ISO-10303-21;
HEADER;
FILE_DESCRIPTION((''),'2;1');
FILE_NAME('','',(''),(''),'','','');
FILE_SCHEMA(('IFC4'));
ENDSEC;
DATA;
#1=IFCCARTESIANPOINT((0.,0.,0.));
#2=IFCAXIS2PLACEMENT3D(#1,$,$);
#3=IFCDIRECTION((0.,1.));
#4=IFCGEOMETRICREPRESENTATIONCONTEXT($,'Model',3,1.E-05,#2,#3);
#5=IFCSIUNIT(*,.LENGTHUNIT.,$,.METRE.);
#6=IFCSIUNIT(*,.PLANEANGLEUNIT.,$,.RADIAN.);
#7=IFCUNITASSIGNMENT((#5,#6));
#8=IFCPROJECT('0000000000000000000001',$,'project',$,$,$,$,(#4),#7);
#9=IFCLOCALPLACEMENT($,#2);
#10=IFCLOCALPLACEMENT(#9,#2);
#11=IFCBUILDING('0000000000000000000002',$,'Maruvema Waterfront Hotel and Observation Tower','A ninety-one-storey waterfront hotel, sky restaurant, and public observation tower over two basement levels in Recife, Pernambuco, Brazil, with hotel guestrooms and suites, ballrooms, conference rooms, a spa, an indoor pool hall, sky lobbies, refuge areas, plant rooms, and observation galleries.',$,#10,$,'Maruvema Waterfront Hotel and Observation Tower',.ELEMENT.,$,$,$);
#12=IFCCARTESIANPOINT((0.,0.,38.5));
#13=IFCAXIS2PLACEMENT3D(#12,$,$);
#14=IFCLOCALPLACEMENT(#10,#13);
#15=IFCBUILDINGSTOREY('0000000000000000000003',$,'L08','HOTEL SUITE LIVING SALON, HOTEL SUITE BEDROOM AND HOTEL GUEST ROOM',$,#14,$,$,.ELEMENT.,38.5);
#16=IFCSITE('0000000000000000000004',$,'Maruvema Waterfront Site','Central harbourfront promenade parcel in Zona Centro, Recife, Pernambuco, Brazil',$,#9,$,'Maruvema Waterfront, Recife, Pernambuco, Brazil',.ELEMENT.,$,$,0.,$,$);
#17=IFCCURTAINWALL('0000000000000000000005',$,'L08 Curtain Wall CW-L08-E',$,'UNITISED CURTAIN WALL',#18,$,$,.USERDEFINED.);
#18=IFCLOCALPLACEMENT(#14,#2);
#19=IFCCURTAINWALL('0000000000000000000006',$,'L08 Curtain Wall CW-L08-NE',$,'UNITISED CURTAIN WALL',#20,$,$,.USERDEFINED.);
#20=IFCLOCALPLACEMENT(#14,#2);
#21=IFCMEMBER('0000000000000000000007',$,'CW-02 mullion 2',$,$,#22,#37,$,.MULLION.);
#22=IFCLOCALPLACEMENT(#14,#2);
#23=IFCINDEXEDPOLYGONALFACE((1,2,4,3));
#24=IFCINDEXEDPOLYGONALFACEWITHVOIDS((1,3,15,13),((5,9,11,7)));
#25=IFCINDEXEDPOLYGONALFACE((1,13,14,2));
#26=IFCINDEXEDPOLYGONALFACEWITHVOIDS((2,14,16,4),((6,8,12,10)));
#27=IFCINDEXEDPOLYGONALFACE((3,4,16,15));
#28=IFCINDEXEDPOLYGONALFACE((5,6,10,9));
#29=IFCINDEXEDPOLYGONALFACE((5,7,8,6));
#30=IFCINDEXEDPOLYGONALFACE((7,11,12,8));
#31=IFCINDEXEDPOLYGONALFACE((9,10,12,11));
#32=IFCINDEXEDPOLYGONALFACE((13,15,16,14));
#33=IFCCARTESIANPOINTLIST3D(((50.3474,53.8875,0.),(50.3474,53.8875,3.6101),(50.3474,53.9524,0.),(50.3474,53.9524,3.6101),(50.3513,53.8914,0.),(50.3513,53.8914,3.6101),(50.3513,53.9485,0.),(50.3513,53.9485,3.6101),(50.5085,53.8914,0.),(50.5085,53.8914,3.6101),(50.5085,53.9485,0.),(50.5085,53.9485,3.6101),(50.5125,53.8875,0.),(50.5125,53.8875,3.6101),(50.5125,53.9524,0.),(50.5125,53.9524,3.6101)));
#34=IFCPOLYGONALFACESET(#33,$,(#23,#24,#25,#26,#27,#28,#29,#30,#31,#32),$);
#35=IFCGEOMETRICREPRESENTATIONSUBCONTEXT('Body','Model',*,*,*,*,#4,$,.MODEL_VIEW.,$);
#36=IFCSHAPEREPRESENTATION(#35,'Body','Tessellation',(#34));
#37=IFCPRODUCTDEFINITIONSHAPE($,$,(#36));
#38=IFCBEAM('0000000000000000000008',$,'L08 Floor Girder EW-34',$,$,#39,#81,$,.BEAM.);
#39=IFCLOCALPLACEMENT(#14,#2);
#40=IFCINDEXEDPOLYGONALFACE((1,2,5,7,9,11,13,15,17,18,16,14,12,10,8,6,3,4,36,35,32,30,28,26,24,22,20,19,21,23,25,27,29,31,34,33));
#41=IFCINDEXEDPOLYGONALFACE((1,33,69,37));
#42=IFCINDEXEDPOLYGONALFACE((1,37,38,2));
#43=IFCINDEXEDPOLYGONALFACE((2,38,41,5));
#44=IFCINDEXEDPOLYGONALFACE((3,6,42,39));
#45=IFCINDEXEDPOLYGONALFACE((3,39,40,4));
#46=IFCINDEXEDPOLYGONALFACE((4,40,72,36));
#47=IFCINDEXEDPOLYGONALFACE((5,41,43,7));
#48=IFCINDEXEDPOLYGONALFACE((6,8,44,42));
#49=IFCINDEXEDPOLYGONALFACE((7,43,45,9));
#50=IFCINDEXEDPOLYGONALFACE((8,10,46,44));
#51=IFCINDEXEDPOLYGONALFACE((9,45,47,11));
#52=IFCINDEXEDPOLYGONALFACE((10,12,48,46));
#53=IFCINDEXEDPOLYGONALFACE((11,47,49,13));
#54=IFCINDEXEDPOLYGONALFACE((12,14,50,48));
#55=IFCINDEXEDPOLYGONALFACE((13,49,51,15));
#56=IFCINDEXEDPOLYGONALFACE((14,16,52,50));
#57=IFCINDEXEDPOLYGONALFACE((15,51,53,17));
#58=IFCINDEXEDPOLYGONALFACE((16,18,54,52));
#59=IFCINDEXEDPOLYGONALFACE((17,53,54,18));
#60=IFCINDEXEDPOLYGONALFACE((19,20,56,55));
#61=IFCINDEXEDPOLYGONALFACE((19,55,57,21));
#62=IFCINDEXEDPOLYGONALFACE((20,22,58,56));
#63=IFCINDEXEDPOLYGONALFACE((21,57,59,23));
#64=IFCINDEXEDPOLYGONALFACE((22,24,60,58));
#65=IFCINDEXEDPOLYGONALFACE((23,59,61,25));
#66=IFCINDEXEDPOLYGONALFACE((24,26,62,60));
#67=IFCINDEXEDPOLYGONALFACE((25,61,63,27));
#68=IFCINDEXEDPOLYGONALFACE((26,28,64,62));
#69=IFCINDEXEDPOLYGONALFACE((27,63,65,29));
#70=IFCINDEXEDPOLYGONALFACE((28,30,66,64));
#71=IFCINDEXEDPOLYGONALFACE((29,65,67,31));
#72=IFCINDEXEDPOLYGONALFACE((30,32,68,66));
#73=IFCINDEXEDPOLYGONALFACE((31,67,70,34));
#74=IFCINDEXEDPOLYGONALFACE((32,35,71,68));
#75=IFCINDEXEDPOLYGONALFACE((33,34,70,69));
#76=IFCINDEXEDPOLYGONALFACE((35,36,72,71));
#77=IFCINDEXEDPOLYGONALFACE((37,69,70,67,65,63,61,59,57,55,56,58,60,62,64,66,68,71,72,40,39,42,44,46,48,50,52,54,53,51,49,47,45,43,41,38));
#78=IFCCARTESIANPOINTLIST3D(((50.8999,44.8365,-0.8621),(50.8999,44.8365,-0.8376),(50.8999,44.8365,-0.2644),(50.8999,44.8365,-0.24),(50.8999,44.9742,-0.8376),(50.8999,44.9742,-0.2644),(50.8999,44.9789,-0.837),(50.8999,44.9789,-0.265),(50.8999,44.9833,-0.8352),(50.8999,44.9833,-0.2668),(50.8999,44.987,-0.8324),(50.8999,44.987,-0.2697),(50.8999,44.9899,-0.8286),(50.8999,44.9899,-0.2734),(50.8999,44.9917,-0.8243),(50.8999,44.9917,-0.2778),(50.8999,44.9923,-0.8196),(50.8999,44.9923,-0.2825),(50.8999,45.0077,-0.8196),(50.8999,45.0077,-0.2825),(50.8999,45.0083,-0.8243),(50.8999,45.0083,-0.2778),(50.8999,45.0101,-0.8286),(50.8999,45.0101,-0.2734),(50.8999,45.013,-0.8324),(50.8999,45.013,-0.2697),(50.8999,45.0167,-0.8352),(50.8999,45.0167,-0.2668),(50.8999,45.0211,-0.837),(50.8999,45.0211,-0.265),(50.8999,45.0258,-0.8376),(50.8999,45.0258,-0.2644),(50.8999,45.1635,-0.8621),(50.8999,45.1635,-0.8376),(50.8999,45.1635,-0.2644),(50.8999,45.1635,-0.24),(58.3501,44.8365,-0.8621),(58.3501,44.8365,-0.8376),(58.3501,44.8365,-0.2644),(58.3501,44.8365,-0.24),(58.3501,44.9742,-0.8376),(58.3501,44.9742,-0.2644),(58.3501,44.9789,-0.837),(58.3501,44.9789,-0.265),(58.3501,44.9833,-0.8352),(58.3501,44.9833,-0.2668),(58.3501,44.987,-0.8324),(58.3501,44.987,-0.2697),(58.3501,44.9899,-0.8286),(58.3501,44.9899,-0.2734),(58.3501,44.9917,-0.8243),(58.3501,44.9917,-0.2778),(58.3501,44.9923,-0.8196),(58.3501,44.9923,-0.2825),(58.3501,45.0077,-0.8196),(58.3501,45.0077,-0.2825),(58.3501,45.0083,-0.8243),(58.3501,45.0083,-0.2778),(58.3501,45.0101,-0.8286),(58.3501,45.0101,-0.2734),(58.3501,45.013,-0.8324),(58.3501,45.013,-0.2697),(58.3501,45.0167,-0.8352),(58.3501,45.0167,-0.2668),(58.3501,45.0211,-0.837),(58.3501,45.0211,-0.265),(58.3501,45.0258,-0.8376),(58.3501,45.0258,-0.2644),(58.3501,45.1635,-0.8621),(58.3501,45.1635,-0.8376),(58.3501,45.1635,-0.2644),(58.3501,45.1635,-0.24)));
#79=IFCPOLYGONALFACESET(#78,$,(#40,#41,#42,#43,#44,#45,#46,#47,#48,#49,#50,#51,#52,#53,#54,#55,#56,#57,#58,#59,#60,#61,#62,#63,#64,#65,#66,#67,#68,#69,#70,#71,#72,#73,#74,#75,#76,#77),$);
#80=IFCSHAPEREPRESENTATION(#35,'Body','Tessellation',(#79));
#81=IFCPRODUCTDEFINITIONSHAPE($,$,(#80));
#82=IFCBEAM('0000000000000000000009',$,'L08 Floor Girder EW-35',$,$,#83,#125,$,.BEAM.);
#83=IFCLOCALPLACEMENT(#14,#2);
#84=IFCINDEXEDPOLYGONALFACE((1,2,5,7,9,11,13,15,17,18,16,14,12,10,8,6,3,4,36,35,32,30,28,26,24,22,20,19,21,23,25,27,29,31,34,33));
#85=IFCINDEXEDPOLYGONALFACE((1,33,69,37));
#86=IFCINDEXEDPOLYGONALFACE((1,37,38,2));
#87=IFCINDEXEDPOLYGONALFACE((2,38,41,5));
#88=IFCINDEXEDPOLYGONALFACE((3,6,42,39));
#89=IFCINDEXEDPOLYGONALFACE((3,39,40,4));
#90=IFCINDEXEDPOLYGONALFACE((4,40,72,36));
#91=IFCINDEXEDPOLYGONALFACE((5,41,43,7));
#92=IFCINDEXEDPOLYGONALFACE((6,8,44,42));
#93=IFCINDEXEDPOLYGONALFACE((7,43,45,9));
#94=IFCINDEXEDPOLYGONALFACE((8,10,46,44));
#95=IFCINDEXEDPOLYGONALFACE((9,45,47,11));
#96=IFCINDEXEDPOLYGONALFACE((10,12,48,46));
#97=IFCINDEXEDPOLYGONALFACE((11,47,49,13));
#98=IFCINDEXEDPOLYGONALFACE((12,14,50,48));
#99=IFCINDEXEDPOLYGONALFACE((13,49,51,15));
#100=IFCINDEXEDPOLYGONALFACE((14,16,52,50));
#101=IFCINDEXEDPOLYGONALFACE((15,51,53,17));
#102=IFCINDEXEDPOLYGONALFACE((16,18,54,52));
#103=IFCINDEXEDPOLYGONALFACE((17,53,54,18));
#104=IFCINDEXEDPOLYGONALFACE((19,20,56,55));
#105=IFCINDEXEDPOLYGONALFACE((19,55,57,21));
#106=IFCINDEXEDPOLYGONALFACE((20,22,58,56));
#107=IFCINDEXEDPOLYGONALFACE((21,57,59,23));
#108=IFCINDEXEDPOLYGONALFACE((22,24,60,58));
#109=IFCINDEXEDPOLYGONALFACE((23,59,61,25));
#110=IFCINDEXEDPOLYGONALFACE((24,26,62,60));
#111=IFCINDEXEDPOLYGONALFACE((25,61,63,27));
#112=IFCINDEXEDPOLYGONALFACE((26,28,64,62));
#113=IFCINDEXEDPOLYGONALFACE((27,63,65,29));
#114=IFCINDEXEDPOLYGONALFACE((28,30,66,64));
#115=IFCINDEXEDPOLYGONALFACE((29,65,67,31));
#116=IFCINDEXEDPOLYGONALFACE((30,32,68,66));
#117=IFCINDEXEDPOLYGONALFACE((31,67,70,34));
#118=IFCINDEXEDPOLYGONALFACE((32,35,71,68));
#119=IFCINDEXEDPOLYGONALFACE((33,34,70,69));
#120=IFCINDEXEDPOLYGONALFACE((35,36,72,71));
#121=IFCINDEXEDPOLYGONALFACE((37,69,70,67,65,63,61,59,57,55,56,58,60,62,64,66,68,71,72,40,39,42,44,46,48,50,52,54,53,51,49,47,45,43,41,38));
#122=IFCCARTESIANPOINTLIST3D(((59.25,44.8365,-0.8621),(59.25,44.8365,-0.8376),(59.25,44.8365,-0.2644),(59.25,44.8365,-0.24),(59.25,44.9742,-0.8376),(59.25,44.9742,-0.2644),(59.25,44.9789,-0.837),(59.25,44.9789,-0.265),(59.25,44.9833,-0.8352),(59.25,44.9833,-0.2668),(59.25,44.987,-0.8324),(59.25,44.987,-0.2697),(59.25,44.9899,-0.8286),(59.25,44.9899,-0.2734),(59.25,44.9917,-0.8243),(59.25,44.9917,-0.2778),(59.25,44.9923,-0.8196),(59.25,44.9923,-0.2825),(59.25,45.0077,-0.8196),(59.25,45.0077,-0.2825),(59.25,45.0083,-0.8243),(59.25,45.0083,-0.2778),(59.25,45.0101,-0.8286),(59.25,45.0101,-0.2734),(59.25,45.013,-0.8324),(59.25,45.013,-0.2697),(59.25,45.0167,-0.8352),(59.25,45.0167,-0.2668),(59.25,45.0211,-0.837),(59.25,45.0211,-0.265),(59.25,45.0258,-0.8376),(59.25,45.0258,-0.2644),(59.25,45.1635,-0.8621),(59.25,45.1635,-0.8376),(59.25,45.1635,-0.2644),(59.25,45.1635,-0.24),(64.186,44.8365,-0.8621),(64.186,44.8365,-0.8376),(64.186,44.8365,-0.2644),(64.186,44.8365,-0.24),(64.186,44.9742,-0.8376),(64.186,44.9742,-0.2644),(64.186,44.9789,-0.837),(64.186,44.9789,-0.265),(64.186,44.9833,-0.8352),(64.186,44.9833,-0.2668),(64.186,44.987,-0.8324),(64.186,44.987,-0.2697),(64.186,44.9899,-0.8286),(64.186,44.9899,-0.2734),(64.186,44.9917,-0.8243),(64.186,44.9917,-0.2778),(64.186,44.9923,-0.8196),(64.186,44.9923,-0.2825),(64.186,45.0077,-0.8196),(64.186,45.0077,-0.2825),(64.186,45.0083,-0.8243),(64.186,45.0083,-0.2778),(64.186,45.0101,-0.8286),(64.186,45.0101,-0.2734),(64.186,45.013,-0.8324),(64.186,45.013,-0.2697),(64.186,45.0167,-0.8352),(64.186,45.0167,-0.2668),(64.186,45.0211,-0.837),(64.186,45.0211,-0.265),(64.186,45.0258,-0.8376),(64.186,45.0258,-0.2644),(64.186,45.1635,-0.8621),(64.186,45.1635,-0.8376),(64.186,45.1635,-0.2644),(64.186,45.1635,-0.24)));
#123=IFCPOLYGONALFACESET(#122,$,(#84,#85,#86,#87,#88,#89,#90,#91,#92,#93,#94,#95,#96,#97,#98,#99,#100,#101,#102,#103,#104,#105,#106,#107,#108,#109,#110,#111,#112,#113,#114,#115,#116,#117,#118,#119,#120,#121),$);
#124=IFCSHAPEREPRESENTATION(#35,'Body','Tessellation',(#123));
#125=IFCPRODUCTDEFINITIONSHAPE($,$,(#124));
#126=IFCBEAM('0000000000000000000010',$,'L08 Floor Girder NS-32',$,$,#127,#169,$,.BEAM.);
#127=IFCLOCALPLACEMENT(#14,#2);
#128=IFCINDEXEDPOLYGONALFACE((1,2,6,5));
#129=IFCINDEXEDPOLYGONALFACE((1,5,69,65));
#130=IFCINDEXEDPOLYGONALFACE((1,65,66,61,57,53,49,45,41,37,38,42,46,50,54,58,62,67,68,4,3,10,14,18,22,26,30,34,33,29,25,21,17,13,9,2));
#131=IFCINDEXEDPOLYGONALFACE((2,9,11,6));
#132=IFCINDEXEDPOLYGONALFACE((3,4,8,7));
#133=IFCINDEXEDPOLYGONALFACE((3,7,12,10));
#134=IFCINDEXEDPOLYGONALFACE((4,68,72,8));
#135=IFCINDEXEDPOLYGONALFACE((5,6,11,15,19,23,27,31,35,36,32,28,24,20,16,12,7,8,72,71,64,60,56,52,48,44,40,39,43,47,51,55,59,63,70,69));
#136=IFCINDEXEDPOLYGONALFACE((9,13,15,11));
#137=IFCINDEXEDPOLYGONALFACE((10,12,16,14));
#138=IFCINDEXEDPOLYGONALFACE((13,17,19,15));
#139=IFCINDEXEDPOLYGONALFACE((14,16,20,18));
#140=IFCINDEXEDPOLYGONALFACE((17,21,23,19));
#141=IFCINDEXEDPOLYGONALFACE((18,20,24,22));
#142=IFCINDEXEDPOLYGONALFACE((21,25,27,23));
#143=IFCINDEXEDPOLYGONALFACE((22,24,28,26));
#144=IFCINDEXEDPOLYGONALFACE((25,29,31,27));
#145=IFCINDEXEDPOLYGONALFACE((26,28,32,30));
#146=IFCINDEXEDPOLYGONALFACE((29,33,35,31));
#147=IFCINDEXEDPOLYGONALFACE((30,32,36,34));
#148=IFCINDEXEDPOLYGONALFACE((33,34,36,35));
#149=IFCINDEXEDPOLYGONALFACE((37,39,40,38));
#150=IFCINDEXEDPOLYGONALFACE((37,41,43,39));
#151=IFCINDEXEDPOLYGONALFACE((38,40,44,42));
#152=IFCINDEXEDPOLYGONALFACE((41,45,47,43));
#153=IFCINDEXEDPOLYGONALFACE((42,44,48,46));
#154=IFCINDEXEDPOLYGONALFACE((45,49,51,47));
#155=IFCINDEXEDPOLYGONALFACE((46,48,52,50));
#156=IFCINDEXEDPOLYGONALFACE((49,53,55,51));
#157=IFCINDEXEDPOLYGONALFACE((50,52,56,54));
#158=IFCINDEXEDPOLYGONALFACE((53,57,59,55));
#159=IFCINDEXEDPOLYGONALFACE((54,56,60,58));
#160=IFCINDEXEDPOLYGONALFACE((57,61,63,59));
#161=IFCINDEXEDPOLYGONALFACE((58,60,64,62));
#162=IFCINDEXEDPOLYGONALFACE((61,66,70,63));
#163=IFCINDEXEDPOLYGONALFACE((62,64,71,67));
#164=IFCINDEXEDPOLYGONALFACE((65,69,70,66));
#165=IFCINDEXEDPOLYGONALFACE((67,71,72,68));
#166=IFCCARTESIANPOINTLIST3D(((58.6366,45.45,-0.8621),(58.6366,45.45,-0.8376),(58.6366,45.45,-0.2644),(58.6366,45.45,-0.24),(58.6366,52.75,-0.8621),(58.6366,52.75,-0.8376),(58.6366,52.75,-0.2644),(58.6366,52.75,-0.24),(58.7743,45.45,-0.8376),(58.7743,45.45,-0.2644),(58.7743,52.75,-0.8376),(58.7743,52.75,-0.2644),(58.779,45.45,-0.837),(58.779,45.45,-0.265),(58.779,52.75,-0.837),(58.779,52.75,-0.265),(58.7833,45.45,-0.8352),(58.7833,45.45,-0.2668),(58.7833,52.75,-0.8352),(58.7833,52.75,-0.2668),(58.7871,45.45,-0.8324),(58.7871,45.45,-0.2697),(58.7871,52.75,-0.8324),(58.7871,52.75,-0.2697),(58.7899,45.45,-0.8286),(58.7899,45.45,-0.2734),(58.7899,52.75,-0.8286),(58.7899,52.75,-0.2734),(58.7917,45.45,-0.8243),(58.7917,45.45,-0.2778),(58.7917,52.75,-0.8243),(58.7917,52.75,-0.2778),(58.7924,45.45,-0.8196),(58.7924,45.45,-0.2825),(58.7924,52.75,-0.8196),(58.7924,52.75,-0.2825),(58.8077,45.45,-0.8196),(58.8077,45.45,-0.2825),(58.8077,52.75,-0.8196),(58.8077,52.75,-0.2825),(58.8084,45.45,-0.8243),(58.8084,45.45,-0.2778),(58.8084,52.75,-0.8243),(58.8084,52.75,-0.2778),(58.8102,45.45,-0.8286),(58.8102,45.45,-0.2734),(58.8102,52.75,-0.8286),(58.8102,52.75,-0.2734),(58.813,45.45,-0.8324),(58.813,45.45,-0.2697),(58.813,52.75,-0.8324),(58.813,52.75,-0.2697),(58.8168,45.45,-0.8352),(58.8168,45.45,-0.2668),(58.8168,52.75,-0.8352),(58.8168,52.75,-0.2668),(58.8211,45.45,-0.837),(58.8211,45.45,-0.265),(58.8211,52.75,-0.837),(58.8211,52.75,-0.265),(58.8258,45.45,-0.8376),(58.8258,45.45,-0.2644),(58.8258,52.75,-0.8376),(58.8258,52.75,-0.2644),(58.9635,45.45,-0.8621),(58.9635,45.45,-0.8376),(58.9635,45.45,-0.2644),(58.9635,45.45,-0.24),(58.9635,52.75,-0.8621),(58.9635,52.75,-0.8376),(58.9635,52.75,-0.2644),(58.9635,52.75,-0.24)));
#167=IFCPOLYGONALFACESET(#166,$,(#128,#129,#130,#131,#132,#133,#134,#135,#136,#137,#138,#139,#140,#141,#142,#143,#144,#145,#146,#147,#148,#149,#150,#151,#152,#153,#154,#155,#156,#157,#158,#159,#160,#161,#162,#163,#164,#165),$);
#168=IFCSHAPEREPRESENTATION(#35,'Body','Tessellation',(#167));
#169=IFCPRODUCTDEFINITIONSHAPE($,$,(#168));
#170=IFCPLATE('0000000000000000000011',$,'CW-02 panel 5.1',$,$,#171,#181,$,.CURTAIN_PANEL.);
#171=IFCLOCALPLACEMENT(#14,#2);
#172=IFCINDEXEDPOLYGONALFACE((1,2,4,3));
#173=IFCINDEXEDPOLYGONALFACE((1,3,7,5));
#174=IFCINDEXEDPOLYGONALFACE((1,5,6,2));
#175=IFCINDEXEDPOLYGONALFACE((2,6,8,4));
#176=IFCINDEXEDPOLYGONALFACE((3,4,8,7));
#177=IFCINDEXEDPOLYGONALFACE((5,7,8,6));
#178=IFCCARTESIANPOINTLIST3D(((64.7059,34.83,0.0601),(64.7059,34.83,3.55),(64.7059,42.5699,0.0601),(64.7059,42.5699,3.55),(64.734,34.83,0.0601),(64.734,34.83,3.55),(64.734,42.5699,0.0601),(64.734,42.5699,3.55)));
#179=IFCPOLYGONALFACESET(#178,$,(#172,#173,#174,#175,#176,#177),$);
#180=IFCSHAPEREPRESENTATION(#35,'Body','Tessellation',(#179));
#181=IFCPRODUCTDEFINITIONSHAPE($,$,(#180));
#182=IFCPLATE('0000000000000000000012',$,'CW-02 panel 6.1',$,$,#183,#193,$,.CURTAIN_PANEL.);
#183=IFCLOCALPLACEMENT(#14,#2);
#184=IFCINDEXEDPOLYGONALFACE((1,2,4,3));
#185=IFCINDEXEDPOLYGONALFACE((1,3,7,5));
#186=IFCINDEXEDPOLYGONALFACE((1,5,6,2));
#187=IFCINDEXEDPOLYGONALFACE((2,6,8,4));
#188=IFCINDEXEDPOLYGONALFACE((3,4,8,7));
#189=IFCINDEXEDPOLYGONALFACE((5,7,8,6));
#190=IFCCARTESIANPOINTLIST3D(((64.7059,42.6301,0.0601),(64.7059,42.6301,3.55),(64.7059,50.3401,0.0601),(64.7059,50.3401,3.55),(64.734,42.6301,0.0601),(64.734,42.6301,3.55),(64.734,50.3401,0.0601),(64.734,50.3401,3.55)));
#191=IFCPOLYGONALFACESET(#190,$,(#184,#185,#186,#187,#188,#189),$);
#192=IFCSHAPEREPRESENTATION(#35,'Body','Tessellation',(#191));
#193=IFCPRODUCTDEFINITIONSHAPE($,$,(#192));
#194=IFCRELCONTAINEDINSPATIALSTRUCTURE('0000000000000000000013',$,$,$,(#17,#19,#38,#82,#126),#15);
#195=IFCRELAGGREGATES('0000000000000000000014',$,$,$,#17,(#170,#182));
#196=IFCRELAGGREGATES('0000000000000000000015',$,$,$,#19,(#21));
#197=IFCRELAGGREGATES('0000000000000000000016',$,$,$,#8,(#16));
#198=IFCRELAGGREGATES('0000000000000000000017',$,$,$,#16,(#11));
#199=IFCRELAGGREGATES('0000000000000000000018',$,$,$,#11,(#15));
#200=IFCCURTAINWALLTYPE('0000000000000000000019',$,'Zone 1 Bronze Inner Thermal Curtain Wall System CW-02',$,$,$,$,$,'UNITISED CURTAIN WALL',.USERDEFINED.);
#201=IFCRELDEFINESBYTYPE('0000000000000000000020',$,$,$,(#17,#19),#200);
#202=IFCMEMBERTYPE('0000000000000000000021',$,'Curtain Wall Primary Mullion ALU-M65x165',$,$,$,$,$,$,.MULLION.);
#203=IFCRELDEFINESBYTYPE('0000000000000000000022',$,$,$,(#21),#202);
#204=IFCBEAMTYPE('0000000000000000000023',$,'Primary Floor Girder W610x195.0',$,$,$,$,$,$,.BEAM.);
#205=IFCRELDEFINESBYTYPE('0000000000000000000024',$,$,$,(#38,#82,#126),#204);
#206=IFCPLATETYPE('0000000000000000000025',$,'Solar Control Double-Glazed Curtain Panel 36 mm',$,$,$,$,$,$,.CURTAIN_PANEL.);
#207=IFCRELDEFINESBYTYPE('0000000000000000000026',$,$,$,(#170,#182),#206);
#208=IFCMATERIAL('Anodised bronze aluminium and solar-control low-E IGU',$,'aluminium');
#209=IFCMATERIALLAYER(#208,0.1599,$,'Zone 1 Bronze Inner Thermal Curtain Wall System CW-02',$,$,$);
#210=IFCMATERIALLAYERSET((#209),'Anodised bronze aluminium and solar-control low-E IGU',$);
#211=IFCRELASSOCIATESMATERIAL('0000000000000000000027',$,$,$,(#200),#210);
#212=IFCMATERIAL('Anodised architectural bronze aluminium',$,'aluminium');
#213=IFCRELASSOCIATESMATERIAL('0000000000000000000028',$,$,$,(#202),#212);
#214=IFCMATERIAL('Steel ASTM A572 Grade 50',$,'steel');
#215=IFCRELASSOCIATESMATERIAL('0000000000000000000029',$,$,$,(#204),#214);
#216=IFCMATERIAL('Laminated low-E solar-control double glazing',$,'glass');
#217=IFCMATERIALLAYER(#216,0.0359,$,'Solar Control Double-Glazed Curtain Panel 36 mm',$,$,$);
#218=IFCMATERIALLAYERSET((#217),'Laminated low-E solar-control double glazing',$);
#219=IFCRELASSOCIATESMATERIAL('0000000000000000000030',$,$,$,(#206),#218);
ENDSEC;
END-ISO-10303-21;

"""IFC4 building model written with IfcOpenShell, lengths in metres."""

from ifc_helpers import new_model, si_unit, direction, frame, origin, origin_2d, place, context, subcontext, project, spatial, rectangle, hollow_rectangle, i_section, extrude, material, layer, layer_set, material_profile, profile_set, type_object, element, aggregate, save


model = new_model("IFC4")

# Units and contexts
model_context = context("Model", 3, precision=1e-05, world=origin(), true_north=direction((0.0, 1.0)))
body_context = subcontext(model_context, "Body", "Model", "MODEL_VIEW")
ifc_project = project(units=[si_unit("LENGTHUNIT", "METRE"), si_unit("PLANEANGLEUNIT", "RADIAN")], contexts=[model_context])

# Site, building, storey
site_placement = place(None, origin())
site = spatial("IfcSite", under=ifc_project, at=site_placement, Name="Maruvema Waterfront Site", Description="Central harbourfront promenade parcel in Zona Centro, Recife, Pernambuco, Brazil", LongName="Maruvema Waterfront, Recife, Pernambuco, Brazil", CompositionType="ELEMENT", RefElevation=0.0)
building_placement = place(site_placement, origin())
building = spatial("IfcBuilding", under=site, at=building_placement, Name="Maruvema Waterfront Hotel and Observation Tower", Description="A ninety-one-storey waterfront hotel, sky restaurant, and public observation tower over two basement levels in Recife, Pernambuco, Brazil, with hotel guestrooms and suites, ballrooms, conference rooms, a spa, an indoor pool hall, sky lobbies, refuge areas, plant rooms, and observation galleries.", LongName="Maruvema Waterfront Hotel and Observation Tower", CompositionType="ELEMENT")
storey_placement = place(building_placement, frame((0.0, 0.0, 38.5)))
storey = spatial("IfcBuildingStorey", under=building, at=storey_placement, Name="L08", Description="HOTEL SUITE LIVING SALON, HOTEL SUITE BEDROOM AND HOTEL GUEST ROOM", CompositionType="ELEMENT", Elevation=38.5)

# Curtain walls
ifc_material_1 = material(Name="Anodised bronze aluminium and solar-control low-E IGU", Category="aluminium")
ifc_layer_1 = layer(ifc_material_1, 0.1599, Name="Zone 1 Bronze Inner Thermal Curtain Wall System CW-02")
ifc_layer_set_1 = layer_set([ifc_layer_1], Name="Anodised bronze aluminium and solar-control low-E IGU")
curtain_wall_type = type_object("IfcCurtainWallType", Name="Zone 1 Bronze Inner Thermal Curtain Wall System CW-02", ElementType="UNITISED CURTAIN WALL", PredefinedType="USERDEFINED", material=ifc_layer_set_1)
curtain_wall_1_placement = place(storey_placement, origin())
curtain_wall_1 = element("IfcCurtainWall", 1, at=curtain_wall_1_placement, inside=storey, type_object=curtain_wall_type, Name="L08 Curtain Wall CW-L08-E", ObjectType="UNITISED CURTAIN WALL", PredefinedType="USERDEFINED")
curtain_wall_2_placement = place(storey_placement, origin())
curtain_wall_2 = element("IfcCurtainWall", 2, at=curtain_wall_2_placement, inside=storey, type_object=curtain_wall_type, Name="L08 Curtain Wall CW-L08-NE", ObjectType="UNITISED CURTAIN WALL", PredefinedType="USERDEFINED")

# Member
ifc_material_2 = material(Name="Anodised architectural bronze aluminium", Category="aluminium")
ifc_material_profile_1 = material_profile(ifc_material_2, hollow_rectangle(XDim=0.0649, YDim=0.165, WallThickness=0.0039, at=origin_2d()), Name="ALU-M65x165")
ifc_profile_set_1 = profile_set([ifc_material_profile_1], Name="Anodised architectural bronze aluminium")
member_type_1 = type_object("IfcMemberType", Name="Curtain Wall Primary Mullion ALU-M65x165", PredefinedType="MULLION", material=ifc_profile_set_1)
member_1_placement = place(storey_placement, frame((50.4299, 53.9199, 0.0), z_axis=(0.0, 0.0, 1.0), x_axis=(0.0, -1.0, 0.0)))
member_1 = element("IfcMember", 3, at=member_1_placement, type_object=member_type_1, Name="CW-02 mullion 2", PredefinedType="MULLION", context=body_context, shape_type="SweptSolid", body=[
    extrude(hollow_rectangle(XDim=0.0649, YDim=0.165, WallThickness=0.0039, at=origin_2d()), origin(), (0.0, 0.0, 1.0), 3.6101),
])

# Beams
ifc_material_3 = material(Name="Steel ASTM A572 Grade 50", Category="steel")
ifc_material_profile_2 = material_profile(ifc_material_3, i_section(OverallWidth=0.3269, OverallDepth=0.6221, WebThickness=0.0154, FlangeThickness=0.0244, FilletRadius=0.0181, at=origin_2d()), Name="W610x195.0")
ifc_profile_set_2 = profile_set([ifc_material_profile_2], Name="Steel ASTM A572 Grade 50")
beam_type = type_object("IfcBeamType", Name="Primary Floor Girder W610x195.0", PredefinedType="BEAM", material=ifc_profile_set_2)
beam_1_placement = place(storey_placement, frame((50.8999, 45.0, -0.551), z_axis=(1.0, 0.0, 0.0), x_axis=(0.0, 1.0, 0.0)))
element("IfcBeam", 4, at=beam_1_placement, inside=storey, type_object=beam_type, Name="L08 Floor Girder EW-34", PredefinedType="BEAM", context=body_context, shape_type="SweptSolid", body=[
    extrude(i_section(OverallWidth=0.3269, OverallDepth=0.6221, WebThickness=0.0154, FlangeThickness=0.0244, FilletRadius=0.0181, at=origin_2d()), origin(), (0.0, 0.0, 1.0), 7.4502),
])
beam_2_placement = place(storey_placement, frame((59.25, 45.0, -0.551), z_axis=(1.0, 0.0, 0.0), x_axis=(0.0, 1.0, 0.0)))
element("IfcBeam", 5, at=beam_2_placement, inside=storey, type_object=beam_type, Name="L08 Floor Girder EW-35", PredefinedType="BEAM", context=body_context, shape_type="SweptSolid", body=[
    extrude(i_section(OverallWidth=0.3269, OverallDepth=0.6221, WebThickness=0.0154, FlangeThickness=0.0244, FilletRadius=0.0181, at=origin_2d()), origin(), (0.0, 0.0, 1.0), 4.936),
])
beam_3_placement = place(storey_placement, frame((58.8, 45.45, -0.551), z_axis=(0.0, 1.0, 0.0), x_axis=(-1.0, 0.0, 0.0)))
element("IfcBeam", 6, at=beam_3_placement, inside=storey, type_object=beam_type, Name="L08 Floor Girder NS-32", PredefinedType="BEAM", context=body_context, shape_type="SweptSolid", body=[
    extrude(i_section(OverallWidth=0.3269, OverallDepth=0.6221, WebThickness=0.0154, FlangeThickness=0.0244, FilletRadius=0.0181, at=origin_2d()), origin(), (0.0, 0.0, 1.0), 7.3),
])

# Plates
ifc_material_4 = material(Name="Laminated low-E solar-control double glazing", Category="glass")
ifc_layer_2 = layer(ifc_material_4, 0.0359, Name="Solar Control Double-Glazed Curtain Panel 36 mm")
ifc_layer_set_2 = layer_set([ifc_layer_2], Name="Laminated low-E solar-control double glazing")
plate_type_1 = type_object("IfcPlateType", Name="Solar Control Double-Glazed Curtain Panel 36 mm", PredefinedType="CURTAIN_PANEL", material=ifc_layer_set_2)
plate_1_placement = place(storey_placement, frame((64.72, 38.7, 0.0601), z_axis=(0.0, 0.0, 1.0), x_axis=(0.0, 1.0, 0.0)))
plate_1 = element("IfcPlate", 7, at=plate_1_placement, type_object=plate_type_1, Name="CW-02 panel 5.1", PredefinedType="CURTAIN_PANEL", context=body_context, shape_type="SweptSolid", body=[
    extrude(rectangle(XDim=7.74, YDim=0.0281, at=origin_2d()), origin(), (0.0, 0.0, 1.0), 3.49),
])
plate_2_placement = place(storey_placement, frame((64.72, 46.4851, 0.0601), z_axis=(0.0, 0.0, 1.0), x_axis=(0.0, 1.0, 0.0)))
plate_2 = element("IfcPlate", 8, at=plate_2_placement, type_object=plate_type_1, Name="CW-02 panel 6.1", PredefinedType="CURTAIN_PANEL", context=body_context, shape_type="SweptSolid", body=[
    extrude(rectangle(XDim=7.71, YDim=0.0281, at=origin_2d()), origin(), (0.0, 0.0, 1.0), 3.49),
])
aggregate(curtain_wall_1, [plate_1, plate_2])
aggregate(curtain_wall_2, [member_1])

save(model, "model.ifc")
